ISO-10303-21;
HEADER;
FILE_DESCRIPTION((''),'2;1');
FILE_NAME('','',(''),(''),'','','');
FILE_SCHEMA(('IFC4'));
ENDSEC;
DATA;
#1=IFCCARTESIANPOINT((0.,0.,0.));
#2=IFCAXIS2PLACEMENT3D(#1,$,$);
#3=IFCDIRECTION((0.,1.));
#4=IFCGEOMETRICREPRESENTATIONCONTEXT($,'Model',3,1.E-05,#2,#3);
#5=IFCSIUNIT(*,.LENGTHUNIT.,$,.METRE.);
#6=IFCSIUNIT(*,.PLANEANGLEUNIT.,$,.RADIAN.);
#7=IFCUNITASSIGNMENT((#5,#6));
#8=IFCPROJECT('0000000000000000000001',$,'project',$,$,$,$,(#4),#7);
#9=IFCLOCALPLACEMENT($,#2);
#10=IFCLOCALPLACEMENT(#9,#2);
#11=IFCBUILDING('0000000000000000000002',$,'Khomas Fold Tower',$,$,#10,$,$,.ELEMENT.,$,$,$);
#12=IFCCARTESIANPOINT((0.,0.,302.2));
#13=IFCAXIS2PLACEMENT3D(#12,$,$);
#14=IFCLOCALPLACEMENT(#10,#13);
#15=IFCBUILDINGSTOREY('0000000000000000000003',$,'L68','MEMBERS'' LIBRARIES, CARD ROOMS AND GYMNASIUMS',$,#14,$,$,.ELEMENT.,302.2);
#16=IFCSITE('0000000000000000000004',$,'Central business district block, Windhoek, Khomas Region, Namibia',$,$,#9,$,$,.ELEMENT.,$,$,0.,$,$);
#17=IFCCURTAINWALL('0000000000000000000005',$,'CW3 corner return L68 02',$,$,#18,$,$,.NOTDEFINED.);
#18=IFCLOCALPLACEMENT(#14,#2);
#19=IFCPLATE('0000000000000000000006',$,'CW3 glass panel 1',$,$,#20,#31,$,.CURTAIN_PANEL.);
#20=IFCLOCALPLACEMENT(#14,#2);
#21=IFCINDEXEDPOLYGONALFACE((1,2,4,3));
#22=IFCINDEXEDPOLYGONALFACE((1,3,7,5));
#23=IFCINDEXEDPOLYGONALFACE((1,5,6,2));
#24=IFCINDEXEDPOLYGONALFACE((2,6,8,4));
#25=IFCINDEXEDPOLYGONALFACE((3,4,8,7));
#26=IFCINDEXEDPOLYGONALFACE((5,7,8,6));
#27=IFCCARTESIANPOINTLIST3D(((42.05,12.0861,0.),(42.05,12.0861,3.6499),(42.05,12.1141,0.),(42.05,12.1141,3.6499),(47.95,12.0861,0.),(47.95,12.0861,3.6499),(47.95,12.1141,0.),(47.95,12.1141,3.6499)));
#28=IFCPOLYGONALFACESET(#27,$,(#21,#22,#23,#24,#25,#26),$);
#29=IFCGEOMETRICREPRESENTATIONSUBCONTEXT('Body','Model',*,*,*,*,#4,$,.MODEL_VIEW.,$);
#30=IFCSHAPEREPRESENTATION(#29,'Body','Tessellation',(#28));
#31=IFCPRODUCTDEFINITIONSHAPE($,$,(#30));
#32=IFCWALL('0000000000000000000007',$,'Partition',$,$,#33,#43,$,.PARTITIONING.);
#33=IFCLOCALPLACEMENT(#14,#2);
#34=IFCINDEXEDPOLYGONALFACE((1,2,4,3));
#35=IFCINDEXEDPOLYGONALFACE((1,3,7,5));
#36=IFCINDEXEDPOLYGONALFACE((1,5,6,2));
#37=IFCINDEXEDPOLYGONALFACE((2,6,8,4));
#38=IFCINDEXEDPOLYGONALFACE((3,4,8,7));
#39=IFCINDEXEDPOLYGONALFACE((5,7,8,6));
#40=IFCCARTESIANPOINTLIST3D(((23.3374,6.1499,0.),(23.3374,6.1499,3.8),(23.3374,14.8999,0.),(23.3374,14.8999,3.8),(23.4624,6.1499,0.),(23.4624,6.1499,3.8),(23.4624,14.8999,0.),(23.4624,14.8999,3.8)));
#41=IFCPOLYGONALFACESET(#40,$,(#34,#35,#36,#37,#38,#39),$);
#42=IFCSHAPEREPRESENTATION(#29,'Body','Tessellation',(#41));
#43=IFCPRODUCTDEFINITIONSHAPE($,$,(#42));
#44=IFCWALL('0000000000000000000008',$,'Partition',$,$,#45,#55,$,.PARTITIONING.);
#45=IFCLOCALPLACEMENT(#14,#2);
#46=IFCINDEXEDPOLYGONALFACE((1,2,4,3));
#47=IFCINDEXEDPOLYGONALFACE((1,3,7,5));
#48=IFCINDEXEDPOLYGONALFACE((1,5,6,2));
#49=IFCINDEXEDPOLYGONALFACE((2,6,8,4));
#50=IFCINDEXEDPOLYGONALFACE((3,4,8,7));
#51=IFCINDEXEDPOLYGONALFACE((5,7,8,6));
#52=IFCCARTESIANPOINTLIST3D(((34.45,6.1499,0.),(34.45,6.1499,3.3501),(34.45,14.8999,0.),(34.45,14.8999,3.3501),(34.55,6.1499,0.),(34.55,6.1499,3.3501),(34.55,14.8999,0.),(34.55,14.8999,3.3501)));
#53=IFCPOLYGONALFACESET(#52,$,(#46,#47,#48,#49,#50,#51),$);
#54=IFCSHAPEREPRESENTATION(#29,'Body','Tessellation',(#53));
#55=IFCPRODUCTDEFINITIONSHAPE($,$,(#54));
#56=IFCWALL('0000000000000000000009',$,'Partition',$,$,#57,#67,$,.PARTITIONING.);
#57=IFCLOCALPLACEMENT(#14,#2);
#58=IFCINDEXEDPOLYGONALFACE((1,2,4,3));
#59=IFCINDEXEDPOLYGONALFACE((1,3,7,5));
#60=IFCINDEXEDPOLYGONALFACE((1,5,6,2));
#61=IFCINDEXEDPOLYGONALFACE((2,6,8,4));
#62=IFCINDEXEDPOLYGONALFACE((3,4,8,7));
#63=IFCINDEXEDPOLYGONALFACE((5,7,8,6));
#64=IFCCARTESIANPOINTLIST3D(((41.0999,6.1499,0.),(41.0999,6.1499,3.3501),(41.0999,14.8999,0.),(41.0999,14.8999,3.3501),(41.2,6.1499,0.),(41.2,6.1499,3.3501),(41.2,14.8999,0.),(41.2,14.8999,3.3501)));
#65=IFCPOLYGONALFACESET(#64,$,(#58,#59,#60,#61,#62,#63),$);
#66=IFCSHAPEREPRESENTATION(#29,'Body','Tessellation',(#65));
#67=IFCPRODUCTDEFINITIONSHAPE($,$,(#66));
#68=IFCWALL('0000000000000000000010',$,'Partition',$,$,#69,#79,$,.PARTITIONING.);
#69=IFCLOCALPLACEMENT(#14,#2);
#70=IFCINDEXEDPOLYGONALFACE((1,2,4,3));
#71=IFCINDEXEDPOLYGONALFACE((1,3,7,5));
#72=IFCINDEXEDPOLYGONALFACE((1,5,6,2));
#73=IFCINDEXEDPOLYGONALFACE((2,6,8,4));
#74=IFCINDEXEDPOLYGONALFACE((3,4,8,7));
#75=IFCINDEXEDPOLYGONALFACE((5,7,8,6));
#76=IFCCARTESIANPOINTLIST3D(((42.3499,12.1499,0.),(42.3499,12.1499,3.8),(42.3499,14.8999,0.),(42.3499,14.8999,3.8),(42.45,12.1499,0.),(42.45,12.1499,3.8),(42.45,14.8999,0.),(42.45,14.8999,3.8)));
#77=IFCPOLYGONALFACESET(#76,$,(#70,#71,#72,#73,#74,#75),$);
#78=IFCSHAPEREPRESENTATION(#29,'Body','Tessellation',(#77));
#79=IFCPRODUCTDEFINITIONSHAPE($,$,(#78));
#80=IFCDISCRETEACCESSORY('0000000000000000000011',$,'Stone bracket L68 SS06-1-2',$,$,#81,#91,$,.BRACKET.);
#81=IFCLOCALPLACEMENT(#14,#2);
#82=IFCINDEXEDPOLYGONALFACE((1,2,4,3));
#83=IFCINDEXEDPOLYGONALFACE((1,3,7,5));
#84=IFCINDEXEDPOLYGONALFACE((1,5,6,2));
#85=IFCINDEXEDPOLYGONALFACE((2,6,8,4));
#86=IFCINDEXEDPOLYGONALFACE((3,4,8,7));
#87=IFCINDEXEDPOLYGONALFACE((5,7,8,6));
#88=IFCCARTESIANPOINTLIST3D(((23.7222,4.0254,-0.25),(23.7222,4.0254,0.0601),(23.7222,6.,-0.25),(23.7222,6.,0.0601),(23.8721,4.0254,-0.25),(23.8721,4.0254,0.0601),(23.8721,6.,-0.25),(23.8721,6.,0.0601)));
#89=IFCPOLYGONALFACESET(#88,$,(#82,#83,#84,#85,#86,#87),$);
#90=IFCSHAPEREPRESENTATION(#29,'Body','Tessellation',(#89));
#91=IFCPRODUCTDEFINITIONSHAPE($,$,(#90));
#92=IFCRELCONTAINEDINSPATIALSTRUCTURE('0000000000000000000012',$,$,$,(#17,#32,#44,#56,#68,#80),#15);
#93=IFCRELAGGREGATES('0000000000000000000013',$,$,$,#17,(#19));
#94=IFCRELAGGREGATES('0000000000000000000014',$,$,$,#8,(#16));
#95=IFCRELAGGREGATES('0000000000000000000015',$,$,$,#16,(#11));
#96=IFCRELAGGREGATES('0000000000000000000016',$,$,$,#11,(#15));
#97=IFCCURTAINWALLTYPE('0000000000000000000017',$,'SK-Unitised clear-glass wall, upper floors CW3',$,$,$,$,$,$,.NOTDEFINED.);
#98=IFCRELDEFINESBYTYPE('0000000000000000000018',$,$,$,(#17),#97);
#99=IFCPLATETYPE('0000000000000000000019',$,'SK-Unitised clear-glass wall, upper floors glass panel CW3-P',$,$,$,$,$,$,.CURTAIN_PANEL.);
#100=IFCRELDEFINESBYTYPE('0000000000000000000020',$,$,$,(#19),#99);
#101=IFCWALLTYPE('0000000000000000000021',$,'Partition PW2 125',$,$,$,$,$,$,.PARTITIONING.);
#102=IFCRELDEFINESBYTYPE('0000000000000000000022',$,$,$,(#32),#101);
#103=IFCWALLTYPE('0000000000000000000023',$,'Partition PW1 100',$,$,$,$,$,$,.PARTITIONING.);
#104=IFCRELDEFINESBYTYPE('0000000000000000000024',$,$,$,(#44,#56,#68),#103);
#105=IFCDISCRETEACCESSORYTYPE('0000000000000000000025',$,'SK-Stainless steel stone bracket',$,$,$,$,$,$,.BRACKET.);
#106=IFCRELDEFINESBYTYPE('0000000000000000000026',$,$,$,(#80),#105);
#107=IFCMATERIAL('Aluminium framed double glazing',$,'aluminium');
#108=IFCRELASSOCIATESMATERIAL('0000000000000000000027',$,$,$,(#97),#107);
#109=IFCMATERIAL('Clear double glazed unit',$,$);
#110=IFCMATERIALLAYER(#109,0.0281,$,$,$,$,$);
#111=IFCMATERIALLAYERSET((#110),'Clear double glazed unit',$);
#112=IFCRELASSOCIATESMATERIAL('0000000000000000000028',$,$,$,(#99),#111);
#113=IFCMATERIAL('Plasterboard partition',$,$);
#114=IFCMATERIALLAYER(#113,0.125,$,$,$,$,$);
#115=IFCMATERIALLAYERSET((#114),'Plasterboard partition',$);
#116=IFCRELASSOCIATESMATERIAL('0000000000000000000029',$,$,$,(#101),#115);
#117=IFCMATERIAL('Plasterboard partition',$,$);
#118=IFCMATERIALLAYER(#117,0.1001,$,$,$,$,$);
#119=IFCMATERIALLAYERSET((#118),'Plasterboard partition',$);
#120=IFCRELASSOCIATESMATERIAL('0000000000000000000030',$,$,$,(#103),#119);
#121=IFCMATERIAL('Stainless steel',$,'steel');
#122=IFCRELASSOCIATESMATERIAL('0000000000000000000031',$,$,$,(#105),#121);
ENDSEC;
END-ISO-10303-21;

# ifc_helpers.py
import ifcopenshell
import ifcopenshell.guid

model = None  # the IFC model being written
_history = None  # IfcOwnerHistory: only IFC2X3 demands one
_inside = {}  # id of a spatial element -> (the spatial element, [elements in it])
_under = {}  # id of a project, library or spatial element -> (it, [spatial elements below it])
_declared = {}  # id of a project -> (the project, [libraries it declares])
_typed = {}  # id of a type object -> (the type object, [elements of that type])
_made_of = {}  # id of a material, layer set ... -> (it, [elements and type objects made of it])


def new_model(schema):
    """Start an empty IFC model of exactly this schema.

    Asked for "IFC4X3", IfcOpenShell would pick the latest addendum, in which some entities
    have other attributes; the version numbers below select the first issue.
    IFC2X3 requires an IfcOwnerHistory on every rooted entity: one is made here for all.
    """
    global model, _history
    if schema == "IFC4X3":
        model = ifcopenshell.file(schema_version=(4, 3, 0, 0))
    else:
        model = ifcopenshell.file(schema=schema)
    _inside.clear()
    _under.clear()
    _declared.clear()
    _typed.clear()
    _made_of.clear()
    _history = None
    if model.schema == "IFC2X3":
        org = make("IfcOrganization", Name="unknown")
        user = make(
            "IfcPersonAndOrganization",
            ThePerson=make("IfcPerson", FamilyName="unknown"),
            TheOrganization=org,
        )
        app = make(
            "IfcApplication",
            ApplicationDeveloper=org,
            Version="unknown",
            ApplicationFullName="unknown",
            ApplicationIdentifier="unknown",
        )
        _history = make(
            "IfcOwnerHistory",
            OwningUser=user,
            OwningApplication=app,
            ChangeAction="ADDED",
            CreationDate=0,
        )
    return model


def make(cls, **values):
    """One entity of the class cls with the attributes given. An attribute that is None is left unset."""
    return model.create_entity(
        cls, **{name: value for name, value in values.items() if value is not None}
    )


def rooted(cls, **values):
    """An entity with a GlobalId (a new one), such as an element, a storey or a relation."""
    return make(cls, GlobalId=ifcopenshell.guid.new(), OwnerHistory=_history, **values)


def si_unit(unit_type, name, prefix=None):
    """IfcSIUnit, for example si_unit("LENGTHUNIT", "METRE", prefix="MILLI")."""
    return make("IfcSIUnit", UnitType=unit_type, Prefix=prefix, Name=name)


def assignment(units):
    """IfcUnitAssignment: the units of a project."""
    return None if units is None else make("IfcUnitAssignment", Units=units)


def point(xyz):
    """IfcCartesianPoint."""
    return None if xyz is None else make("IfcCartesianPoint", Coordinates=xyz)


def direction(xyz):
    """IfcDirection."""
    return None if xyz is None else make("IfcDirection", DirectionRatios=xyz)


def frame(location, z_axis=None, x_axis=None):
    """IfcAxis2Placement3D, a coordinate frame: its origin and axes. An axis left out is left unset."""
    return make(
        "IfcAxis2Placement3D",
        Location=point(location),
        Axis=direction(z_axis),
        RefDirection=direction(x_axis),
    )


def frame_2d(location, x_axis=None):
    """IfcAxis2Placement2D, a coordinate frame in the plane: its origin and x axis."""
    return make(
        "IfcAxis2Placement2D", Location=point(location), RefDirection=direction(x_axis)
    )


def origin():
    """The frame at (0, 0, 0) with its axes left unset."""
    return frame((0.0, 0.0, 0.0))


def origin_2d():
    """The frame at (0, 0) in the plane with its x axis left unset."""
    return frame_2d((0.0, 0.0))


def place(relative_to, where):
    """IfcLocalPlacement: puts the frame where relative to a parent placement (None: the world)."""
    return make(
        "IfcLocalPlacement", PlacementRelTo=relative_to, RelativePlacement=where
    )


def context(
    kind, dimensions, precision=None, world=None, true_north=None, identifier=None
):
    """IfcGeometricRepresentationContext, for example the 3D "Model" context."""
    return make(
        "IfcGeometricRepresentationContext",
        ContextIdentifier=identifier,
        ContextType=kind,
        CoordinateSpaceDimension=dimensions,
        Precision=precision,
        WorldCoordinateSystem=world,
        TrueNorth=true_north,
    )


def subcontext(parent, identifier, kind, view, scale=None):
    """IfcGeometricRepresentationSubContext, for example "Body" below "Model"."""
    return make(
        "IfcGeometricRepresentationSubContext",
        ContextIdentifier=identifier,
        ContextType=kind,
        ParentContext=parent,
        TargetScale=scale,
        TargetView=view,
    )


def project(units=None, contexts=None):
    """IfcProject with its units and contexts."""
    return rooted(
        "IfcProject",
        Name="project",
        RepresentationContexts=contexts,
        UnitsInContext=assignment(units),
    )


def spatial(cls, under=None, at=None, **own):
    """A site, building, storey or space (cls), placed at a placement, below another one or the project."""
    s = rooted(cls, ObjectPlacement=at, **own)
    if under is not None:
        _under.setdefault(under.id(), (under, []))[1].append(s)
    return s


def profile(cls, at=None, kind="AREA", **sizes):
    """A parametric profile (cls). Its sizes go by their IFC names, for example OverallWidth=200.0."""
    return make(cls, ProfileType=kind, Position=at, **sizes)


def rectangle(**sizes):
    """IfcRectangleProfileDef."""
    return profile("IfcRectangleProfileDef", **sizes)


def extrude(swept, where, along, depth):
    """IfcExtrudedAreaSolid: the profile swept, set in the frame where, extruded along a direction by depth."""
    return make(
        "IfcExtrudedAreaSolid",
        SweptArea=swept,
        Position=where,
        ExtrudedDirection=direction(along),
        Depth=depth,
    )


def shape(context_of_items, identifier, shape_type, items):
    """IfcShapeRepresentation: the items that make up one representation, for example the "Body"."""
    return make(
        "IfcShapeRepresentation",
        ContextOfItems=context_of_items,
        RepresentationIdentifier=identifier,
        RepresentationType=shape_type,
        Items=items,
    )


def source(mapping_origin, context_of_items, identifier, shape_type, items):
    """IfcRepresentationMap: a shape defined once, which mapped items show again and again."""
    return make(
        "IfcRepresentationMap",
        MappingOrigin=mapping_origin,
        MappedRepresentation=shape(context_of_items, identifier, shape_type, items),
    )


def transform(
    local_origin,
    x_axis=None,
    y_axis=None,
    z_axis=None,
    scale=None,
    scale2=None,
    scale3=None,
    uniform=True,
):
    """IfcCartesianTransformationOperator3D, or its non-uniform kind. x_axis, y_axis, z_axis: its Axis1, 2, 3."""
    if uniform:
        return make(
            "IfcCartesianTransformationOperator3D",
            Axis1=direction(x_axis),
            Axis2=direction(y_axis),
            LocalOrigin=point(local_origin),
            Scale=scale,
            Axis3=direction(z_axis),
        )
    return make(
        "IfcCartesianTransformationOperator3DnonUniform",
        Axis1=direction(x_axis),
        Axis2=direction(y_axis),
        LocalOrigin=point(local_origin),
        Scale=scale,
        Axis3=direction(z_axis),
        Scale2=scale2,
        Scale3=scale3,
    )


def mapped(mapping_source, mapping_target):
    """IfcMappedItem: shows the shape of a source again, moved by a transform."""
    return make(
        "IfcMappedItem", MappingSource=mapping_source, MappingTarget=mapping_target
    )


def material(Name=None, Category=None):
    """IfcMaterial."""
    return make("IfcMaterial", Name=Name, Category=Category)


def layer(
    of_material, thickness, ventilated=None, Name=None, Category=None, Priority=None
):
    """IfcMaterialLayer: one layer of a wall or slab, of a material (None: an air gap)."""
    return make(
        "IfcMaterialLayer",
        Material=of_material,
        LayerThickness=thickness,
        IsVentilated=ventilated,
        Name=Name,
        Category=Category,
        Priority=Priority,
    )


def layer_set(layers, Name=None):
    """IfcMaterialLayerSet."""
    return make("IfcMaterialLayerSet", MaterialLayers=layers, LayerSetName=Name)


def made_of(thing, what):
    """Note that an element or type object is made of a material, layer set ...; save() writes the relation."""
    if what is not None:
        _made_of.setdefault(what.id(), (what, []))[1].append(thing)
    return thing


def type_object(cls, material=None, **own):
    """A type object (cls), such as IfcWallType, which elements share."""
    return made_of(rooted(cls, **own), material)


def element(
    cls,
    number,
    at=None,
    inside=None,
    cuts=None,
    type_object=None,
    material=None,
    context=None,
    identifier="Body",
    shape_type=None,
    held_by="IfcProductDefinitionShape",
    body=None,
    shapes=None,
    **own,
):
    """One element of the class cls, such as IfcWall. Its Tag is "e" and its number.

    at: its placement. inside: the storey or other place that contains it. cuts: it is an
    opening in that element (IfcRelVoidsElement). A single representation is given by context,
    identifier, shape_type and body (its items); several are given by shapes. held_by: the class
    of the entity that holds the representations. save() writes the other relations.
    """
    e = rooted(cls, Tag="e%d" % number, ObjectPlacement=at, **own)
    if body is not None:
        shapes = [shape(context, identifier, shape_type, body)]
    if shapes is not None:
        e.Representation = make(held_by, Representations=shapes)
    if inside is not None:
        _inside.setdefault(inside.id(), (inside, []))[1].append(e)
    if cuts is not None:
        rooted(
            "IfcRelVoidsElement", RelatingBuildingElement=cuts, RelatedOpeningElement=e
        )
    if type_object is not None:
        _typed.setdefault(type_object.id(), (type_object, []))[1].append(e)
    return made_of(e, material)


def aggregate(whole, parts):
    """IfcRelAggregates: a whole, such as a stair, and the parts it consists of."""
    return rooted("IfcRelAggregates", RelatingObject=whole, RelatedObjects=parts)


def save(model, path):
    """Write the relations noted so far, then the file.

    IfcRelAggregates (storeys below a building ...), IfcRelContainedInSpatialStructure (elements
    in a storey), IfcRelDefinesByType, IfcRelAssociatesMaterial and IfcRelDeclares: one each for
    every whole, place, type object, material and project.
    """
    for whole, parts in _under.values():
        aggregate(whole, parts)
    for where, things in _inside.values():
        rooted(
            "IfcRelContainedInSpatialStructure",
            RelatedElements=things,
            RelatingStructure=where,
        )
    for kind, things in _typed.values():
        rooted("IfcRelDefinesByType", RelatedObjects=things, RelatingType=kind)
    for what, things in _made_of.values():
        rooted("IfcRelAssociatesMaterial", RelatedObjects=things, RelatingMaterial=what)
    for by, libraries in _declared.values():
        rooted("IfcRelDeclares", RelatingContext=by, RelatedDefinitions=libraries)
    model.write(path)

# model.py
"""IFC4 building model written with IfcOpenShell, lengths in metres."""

from ifc_helpers import new_model, si_unit, direction, frame, frame_2d, origin, origin_2d, place, context, subcontext, project, spatial, rectangle, extrude, source, transform, mapped, material, layer, layer_set, type_object, element, aggregate, save


model = new_model("IFC4")

# Units and contexts
model_context = context("Model", 3, precision=1e-05, world=origin(), true_north=direction((0.0, 1.0)))
body_context = subcontext(model_context, "Body", "Model", "MODEL_VIEW")
ifc_project = project(units=[si_unit("LENGTHUNIT", "METRE"), si_unit("PLANEANGLEUNIT", "RADIAN")], contexts=[model_context])

# Site, building, storey
site_placement = place(None, origin())
site = spatial("IfcSite", under=ifc_project, at=site_placement, Name="Central business district block, Windhoek, Khomas Region, Namibia", CompositionType="ELEMENT", RefElevation=0.0)
building_placement = place(site_placement, origin())
building = spatial("IfcBuilding", under=site, at=building_placement, Name="Khomas Fold Tower", CompositionType="ELEMENT")
storey_placement = place(building_placement, frame((0.0, 0.0, 302.2)))
storey = spatial("IfcBuildingStorey", under=building, at=storey_placement, Name="L68", Description="MEMBERS' LIBRARIES, CARD ROOMS AND GYMNASIUMS", CompositionType="ELEMENT", Elevation=302.2)

# Curtain wall
ifc_material_1 = material(Name="Aluminium framed double glazing", Category="aluminium")
curtain_wall_type = type_object("IfcCurtainWallType", Name="SK-Unitised clear-glass wall, upper floors CW3", PredefinedType="NOTDEFINED", material=ifc_material_1)
curtain_wall_1_placement = place(storey_placement, origin())
curtain_wall_1 = element("IfcCurtainWall", 1, at=curtain_wall_1_placement, inside=storey, type_object=curtain_wall_type, Name="CW3 corner return L68 02", PredefinedType="NOTDEFINED")

# Plate
ifc_material_2 = material(Name="Clear double glazed unit")
ifc_layer_1 = layer(ifc_material_2, 0.0281)
ifc_layer_set_1 = layer_set([ifc_layer_1], Name="Clear double glazed unit")
plate_type = type_object("IfcPlateType", Name="SK-Unitised clear-glass wall, upper floors glass panel CW3-P", PredefinedType="CURTAIN_PANEL", material=ifc_layer_set_1)
shared_shape_1 = source(origin(), body_context, "Body", "SweptSolid", [
    extrude(rectangle(XDim=5.8999, YDim=0.0281, at=origin_2d()), origin(), (0.0, 0.0, 1.0), 3.6499),
])
plate_1_placement = place(storey_placement, frame((45.0, 12.1001, 0.0), z_axis=(0.0, 0.0, 1.0), x_axis=(1.0, 0.0, 0.0)))
plate_1 = element("IfcPlate", 2, at=plate_1_placement, type_object=plate_type, Name="CW3 glass panel 1", PredefinedType="CURTAIN_PANEL", context=body_context, shape_type="MappedRepresentation", body=[
    mapped(shared_shape_1, transform((0.0, 0.0, 0.0))),
])
aggregate(curtain_wall_1, [plate_1])

# Walls
ifc_material_3 = material(Name="Plasterboard partition")
ifc_layer_2 = layer(ifc_material_3, 0.125)
ifc_layer_set_2 = layer_set([ifc_layer_2], Name="Plasterboard partition")
wall_type_1 = type_object("IfcWallType", Name="Partition PW2 125", PredefinedType="PARTITIONING", material=ifc_layer_set_2)
shared_shape_2 = source(origin(), body_context, "Body", "SweptSolid", [
    extrude(rectangle(XDim=8.75, YDim=0.125, at=frame_2d((4.375, 0.0))), origin(), (0.0, 0.0, 1.0), 3.8),
])
wall_1_placement = place(storey_placement, frame((23.3999, 6.1499, 0.0), z_axis=(0.0, 0.0, 1.0), x_axis=(0.0, 1.0, 0.0)))
element("IfcWall", 3, at=wall_1_placement, inside=storey, type_object=wall_type_1, Name="Partition", PredefinedType="PARTITIONING", context=body_context, shape_type="MappedRepresentation", body=[
    mapped(shared_shape_2, transform((0.0, 0.0, 0.0))),
])
ifc_material_4 = material(Name="Plasterboard partition")
ifc_layer_3 = layer(ifc_material_4, 0.1001)
ifc_layer_set_3 = layer_set([ifc_layer_3], Name="Plasterboard partition")
wall_type_2 = type_object("IfcWallType", Name="Partition PW1 100", PredefinedType="PARTITIONING", material=ifc_layer_set_3)
shared_shape_3 = source(origin(), body_context, "Body", "SweptSolid", [
    extrude(rectangle(XDim=8.75, YDim=0.1001, at=frame_2d((4.375, 0.0))), origin(), (0.0, 0.0, 1.0), 3.3501),
])
for number, where, z_axis, x_axis, name in (
    (4, (34.5, 6.1499, 0.0), (0.0, 0.0, 1.0), (0.0, 1.0, 0.0), "Partition"),
    (5, (41.1499, 6.1499, 0.0), (0.0, 0.0, 1.0), (0.0, 1.0, 0.0), "Partition"),
):
    element("IfcWall", number, at=place(storey_placement, frame(where, z_axis=z_axis, x_axis=x_axis)), inside=storey, type_object=wall_type_2, Name=name, PredefinedType="PARTITIONING", context=body_context, shape_type="MappedRepresentation", body=[
        mapped(shared_shape_3, transform((0.0, 0.0, 0.0))),
    ])
shared_shape_4 = source(origin(), body_context, "Body", "SweptSolid", [
    extrude(rectangle(XDim=2.75, YDim=0.1001, at=frame_2d((1.375, 0.0))), origin(), (0.0, 0.0, 1.0), 3.8),
])
wall_2_placement = place(storey_placement, frame((42.3999, 12.1499, 0.0), z_axis=(0.0, 0.0, 1.0), x_axis=(0.0, 1.0, 0.0)))
element("IfcWall", 6, at=wall_2_placement, inside=storey, type_object=wall_type_2, Name="Partition", PredefinedType="PARTITIONING", context=body_context, shape_type="MappedRepresentation", body=[
    mapped(shared_shape_4, transform((0.0, 0.0, 0.0))),
])

# Discrete accessory
ifc_material_5 = material(Name="Stainless steel", Category="steel")
discrete_accessory_type = type_object("IfcDiscreteAccessoryType", Name="SK-Stainless steel stone bracket", PredefinedType="BRACKET", material=ifc_material_5)
shared_shape_5 = source(origin(), body_context, "Body", "SweptSolid", [
    extrude(rectangle(XDim=1.9746, YDim=0.1499, at=origin_2d()), origin(), (0.0, 0.0, 1.0), 0.3101),
])
discrete_accessory_placement = place(storey_placement, frame((23.7971, 5.0127, -0.25), z_axis=(0.0, 0.0, 1.0), x_axis=(0.0, -1.0, 0.0)))
element("IfcDiscreteAccessory", 7, at=discrete_accessory_placement, inside=storey, type_object=discrete_accessory_type, Name="Stone bracket L68 SS06-1-2", PredefinedType="BRACKET", context=body_context, shape_type="MappedRepresentation", body=[
    mapped(shared_shape_5, transform((0.0, 0.0, 0.0))),
])

save(model, "model.ifc")
